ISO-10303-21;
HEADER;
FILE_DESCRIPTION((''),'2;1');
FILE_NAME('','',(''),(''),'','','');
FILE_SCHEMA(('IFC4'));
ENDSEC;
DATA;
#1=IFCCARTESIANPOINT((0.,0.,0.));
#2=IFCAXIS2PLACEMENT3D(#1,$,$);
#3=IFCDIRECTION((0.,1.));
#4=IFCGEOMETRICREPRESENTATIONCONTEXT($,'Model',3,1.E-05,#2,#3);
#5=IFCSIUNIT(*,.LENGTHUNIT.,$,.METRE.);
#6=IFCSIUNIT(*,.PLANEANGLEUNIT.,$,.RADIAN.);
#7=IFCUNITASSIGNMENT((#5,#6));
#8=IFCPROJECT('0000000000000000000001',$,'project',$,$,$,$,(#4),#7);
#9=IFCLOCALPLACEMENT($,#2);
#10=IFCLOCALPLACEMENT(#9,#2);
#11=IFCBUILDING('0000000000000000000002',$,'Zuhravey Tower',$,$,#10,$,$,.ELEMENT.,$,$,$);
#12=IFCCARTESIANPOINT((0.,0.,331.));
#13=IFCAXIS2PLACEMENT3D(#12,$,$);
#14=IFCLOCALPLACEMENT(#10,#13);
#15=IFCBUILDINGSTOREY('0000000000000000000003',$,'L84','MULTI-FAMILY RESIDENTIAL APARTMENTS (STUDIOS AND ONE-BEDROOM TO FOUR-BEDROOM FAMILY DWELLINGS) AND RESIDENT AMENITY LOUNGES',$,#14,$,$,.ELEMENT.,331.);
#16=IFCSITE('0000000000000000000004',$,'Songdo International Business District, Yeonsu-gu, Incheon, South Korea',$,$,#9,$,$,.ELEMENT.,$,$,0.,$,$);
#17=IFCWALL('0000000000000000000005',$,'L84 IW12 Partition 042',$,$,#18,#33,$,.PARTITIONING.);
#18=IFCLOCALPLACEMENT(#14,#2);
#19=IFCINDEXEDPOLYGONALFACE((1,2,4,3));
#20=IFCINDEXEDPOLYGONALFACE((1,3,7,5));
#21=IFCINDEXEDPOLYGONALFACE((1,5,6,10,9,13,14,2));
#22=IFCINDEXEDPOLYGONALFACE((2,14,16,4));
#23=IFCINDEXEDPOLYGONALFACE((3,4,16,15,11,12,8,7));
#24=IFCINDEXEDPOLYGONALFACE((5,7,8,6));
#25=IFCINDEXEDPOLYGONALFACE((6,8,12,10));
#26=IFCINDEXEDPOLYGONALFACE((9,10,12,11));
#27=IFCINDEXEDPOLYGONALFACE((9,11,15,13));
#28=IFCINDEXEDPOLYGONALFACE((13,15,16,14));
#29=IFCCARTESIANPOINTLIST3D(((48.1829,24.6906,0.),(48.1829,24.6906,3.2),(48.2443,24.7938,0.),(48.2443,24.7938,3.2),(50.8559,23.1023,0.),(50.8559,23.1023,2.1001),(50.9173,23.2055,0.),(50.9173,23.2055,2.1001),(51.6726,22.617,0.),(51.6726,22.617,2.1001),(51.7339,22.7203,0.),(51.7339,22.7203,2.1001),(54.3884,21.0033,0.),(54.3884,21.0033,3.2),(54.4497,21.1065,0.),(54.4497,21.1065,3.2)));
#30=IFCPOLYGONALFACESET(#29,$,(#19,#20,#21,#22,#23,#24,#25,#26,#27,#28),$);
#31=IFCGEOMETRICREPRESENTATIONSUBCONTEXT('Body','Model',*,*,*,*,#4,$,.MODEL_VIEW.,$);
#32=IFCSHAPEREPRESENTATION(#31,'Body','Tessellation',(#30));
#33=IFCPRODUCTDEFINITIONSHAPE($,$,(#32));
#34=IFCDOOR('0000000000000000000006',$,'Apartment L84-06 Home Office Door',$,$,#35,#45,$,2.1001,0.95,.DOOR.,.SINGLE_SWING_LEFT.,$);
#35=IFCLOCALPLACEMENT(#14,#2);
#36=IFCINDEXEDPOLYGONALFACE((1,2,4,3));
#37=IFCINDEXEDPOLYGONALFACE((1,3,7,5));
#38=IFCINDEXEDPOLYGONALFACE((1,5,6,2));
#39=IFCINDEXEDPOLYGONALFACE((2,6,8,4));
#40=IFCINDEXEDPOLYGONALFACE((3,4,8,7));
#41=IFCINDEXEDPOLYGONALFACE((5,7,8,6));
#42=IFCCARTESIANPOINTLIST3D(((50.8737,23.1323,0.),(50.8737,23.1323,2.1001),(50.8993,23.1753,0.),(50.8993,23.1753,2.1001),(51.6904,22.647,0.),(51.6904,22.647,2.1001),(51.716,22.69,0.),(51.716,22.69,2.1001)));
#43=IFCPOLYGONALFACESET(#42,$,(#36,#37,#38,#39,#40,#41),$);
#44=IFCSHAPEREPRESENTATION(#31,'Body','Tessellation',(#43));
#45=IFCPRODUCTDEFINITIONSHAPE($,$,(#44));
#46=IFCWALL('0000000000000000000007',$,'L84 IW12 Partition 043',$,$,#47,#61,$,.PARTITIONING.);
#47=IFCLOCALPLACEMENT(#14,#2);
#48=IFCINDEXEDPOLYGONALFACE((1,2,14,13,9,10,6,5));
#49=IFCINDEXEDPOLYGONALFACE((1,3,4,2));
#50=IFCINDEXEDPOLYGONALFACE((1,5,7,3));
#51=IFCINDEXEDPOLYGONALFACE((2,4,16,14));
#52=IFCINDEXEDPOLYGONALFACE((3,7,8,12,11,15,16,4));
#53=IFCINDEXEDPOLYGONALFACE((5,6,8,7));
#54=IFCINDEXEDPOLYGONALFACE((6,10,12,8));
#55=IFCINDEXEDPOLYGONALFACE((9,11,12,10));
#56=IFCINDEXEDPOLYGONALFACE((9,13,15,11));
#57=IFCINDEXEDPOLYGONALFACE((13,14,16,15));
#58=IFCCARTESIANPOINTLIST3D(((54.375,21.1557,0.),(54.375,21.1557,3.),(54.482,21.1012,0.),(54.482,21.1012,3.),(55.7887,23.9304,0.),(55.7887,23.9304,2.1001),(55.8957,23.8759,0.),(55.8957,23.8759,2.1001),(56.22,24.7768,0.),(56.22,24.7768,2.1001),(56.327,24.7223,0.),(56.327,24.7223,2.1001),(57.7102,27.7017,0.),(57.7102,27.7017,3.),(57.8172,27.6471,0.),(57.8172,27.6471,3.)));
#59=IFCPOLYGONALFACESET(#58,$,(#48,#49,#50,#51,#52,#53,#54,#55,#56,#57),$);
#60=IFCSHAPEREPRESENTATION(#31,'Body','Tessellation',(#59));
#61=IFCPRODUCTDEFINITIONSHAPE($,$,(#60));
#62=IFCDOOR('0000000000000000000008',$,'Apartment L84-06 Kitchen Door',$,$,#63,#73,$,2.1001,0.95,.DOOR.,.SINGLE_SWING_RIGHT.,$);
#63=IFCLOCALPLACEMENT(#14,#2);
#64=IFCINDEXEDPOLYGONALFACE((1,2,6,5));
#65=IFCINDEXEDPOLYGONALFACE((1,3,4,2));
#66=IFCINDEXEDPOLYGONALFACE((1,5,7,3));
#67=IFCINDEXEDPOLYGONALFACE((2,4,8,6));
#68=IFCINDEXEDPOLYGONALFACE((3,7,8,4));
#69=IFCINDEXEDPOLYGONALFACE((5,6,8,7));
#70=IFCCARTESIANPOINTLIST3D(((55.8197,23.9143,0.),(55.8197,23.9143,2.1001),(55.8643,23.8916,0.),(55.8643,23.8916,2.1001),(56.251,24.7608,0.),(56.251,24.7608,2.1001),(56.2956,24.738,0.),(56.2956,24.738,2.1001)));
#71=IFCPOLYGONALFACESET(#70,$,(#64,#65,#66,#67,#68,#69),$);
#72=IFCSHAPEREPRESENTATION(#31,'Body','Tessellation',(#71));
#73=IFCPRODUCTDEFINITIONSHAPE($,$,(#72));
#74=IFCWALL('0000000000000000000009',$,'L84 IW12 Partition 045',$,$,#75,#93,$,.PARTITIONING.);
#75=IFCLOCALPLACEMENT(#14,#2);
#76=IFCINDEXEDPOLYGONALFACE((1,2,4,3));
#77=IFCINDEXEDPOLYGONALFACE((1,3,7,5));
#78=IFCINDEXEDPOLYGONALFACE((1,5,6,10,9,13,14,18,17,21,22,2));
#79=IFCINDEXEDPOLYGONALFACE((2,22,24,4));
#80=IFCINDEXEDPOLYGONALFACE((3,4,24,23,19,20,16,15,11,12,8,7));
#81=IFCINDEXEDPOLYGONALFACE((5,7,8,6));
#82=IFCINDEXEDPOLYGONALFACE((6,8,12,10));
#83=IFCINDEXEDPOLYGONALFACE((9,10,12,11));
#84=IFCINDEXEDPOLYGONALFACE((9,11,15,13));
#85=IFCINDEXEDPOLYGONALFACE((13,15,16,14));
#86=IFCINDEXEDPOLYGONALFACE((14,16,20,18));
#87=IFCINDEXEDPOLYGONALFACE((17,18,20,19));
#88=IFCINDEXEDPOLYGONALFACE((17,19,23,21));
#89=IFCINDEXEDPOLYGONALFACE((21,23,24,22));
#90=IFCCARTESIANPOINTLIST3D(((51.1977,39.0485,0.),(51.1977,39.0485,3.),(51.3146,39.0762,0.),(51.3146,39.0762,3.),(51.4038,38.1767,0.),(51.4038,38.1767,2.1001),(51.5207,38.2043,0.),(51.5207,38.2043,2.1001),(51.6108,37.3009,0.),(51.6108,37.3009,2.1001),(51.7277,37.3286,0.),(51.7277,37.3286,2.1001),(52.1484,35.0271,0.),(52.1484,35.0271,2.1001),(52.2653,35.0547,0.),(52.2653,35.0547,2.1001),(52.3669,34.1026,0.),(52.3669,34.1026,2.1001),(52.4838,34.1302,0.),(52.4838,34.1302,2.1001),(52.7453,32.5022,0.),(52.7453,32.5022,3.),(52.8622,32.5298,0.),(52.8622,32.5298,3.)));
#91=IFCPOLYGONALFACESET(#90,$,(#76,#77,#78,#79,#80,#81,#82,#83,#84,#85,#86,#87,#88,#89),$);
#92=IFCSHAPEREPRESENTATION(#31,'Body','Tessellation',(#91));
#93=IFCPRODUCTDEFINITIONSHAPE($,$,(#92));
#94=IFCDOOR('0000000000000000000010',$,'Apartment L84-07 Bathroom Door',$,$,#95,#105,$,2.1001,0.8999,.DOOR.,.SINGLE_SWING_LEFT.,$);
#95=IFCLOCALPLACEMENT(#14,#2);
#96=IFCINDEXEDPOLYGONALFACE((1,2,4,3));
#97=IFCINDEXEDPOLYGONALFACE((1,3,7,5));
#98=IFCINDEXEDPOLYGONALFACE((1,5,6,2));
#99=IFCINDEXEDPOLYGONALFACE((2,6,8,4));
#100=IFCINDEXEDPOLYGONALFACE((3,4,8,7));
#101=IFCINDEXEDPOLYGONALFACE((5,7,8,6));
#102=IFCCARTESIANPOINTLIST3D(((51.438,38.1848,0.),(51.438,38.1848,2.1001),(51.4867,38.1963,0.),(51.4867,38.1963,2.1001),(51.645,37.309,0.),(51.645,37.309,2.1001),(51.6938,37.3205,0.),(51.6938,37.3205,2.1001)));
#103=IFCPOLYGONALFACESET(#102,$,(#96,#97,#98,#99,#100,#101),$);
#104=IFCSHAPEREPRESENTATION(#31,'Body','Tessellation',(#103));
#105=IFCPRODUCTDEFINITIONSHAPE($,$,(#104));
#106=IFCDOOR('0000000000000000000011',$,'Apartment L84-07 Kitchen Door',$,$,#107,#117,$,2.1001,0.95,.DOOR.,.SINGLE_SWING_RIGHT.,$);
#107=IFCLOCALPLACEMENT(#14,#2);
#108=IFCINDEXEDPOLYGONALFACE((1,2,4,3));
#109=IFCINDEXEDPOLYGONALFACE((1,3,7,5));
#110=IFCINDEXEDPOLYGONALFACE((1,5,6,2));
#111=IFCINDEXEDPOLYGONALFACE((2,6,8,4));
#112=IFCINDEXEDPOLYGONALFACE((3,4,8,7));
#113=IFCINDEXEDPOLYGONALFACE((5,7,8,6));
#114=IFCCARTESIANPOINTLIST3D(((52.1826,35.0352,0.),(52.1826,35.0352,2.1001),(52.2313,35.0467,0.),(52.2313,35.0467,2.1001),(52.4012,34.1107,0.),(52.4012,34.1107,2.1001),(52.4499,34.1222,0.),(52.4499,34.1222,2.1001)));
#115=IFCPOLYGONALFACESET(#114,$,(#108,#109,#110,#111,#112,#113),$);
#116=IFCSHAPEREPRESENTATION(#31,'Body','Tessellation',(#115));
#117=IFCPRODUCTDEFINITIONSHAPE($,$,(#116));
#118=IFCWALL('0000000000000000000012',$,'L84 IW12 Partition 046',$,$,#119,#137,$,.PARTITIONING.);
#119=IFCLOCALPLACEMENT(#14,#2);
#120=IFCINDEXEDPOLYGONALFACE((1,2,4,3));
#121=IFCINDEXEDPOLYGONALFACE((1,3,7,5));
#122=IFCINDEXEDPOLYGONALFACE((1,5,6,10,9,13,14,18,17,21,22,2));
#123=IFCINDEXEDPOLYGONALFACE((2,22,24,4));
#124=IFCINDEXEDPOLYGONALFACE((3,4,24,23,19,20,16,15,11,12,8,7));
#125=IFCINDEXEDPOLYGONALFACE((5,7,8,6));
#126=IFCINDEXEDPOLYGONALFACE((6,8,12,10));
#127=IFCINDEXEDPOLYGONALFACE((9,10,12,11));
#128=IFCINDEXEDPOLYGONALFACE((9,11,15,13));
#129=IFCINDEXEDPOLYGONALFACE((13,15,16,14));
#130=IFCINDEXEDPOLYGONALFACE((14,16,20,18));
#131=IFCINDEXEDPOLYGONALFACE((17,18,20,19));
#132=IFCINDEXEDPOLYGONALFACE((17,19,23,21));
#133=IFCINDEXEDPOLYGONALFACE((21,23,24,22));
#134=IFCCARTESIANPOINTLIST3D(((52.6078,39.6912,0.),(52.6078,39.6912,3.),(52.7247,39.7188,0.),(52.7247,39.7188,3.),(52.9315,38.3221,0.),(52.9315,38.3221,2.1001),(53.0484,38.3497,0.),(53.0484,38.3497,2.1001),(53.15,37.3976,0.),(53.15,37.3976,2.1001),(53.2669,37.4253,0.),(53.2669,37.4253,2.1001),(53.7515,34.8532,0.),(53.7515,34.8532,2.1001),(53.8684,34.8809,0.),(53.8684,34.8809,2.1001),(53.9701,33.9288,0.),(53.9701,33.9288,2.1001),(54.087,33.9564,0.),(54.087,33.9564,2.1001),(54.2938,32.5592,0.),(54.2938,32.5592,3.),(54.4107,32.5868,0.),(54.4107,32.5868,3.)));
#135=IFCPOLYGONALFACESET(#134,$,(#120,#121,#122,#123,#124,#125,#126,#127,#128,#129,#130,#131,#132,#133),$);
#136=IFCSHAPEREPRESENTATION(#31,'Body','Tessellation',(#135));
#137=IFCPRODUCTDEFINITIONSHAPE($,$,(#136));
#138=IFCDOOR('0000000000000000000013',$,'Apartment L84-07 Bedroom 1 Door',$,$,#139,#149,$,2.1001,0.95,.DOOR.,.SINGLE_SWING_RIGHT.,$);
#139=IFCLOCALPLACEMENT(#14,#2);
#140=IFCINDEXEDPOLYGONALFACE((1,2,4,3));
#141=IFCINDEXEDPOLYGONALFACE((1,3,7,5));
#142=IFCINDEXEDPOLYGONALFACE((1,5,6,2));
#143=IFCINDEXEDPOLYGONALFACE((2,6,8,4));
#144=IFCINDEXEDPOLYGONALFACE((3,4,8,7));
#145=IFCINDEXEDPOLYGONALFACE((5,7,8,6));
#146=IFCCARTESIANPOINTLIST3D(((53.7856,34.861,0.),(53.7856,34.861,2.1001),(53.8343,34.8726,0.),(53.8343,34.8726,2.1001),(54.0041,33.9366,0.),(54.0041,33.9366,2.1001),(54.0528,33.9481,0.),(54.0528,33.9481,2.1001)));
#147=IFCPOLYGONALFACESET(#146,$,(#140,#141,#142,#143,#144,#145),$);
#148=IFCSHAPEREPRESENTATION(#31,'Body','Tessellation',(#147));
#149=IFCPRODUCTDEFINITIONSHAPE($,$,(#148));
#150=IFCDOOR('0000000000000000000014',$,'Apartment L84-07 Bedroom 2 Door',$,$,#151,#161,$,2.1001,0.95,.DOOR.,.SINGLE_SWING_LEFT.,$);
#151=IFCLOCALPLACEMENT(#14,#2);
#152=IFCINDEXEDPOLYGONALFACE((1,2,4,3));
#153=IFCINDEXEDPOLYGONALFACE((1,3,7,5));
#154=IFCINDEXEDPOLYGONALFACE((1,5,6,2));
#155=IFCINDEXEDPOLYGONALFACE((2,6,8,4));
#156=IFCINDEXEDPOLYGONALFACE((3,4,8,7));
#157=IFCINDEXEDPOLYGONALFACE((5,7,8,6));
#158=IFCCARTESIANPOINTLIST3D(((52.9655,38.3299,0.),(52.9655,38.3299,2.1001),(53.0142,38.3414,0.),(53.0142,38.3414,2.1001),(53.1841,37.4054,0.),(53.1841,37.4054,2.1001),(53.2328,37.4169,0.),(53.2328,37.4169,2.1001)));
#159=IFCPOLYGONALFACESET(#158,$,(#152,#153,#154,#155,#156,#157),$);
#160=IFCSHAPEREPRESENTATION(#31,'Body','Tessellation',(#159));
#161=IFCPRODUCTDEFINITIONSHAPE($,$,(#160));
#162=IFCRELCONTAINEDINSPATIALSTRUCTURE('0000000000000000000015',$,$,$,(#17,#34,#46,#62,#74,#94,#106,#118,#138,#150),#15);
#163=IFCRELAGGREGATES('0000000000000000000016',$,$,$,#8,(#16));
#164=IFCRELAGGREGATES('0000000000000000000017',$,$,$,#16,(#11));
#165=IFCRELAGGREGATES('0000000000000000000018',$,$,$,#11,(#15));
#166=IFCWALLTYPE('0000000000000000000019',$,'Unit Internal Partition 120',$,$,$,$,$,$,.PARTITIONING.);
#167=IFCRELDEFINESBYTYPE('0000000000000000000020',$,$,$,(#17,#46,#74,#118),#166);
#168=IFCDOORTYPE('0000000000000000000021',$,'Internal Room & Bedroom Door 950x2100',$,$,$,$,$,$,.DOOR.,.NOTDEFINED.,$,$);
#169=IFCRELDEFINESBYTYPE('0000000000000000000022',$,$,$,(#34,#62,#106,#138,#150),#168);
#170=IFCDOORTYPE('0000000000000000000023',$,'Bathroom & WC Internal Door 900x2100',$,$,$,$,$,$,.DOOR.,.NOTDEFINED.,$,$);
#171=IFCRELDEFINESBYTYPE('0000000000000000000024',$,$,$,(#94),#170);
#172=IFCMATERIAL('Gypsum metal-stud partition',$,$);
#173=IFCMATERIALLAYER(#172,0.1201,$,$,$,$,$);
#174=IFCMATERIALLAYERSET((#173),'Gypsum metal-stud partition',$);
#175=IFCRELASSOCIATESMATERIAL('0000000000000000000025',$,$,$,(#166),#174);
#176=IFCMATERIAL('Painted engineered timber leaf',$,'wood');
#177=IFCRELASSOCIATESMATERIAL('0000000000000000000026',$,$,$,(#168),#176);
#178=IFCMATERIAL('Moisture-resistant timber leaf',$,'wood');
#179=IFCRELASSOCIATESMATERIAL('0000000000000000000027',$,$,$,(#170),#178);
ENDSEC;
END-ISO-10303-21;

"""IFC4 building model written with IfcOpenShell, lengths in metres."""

from ifc_helpers import new_model, si_unit, direction, frame, frame_2d, origin, place, context, subcontext, project, spatial, rectangle, extrude, material, layer, layer_set, type_object, element, fill, save


model = new_model("IFC4")

# Units and contexts
model_context = context("Model", 3, precision=1e-05, world=origin(), true_north=direction((0.0, 1.0)))
body_context = subcontext(model_context, "Body", "Model", "MODEL_VIEW")
ifc_project = project(units=[si_unit("LENGTHUNIT", "METRE"), si_unit("PLANEANGLEUNIT", "RADIAN")], contexts=[model_context])

# Site, building, storey
site_placement = place(None, origin())
site = spatial("IfcSite", under=ifc_project, at=site_placement, Name="Songdo International Business District, Yeonsu-gu, Incheon, South Korea", CompositionType="ELEMENT", RefElevation=0.0)
building_placement = place(site_placement, origin())
building = spatial("IfcBuilding", under=site, at=building_placement, Name="Zuhravey Tower", CompositionType="ELEMENT")
storey_placement = place(building_placement, frame((0.0, 0.0, 331.0)))
storey = spatial("IfcBuildingStorey", under=building, at=storey_placement, Name="L84", Description="MULTI-FAMILY RESIDENTIAL APARTMENTS (STUDIOS AND ONE-BEDROOM TO FOUR-BEDROOM FAMILY DWELLINGS) AND RESIDENT AMENITY LOUNGES", CompositionType="ELEMENT", Elevation=331.0)

# Walls, openings, doors
ifc_material_1 = material(Name="Gypsum metal-stud partition")
ifc_layer_1 = layer(ifc_material_1, 0.1201)
ifc_layer_set_1 = layer_set([ifc_layer_1], Name="Gypsum metal-stud partition")
wall_type_1 = type_object("IfcWallType", Name="Unit Internal Partition 120", PredefinedType="PARTITIONING", material=ifc_layer_set_1)
wall_1_placement = place(storey_placement, frame((48.2136, 24.7422, 0.0), z_axis=(0.0, 0.0, 1.0), x_axis=(0.859682, -0.51083, 0.0)))
wall_1 = element("IfcWall", 1, at=wall_1_placement, inside=storey, type_object=wall_type_1, Name="L84 IW12 Partition 042", PredefinedType="PARTITIONING", context=body_context, shape_type="SweptSolid", body=[
    extrude(rectangle(XDim=7.2183, YDim=0.1201, at=frame_2d((3.6091, 0.0))), origin(), (0.0, 0.0, 1.0), 3.2),
])
opening_1_placement = place(wall_1_placement, frame((3.1091, 0.0, 0.0)))
opening_1 = element("IfcOpeningElement", 2, at=opening_1_placement, cuts=wall_1, PredefinedType="OPENING", context=body_context, shape_type="SweptSolid", body=[
    extrude(rectangle(XDim=0.95, YDim=2.1001, at=frame_2d((0.4751, 1.05))), frame((0.0, 0.072, 0.0), z_axis=(0.0, -1.0, 0.0), x_axis=(1.0, 0.0, 0.0)), (0.0, 0.0, 1.0), 0.144),
])
ifc_material_2 = material(Name="Painted engineered timber leaf", Category="wood")
door_type_1 = type_object("IfcDoorType", Name="Internal Room & Bedroom Door 950x2100", OperationType="NOTDEFINED", PredefinedType="DOOR", material=ifc_material_2)
door_1_placement = place(opening_1_placement, origin())
door_1 = element("IfcDoor", 3, at=door_1_placement, inside=storey, type_object=door_type_1, Name="Apartment L84-06 Home Office Door", OperationType="SINGLE_SWING_LEFT", OverallHeight=2.1001, OverallWidth=0.95, PredefinedType="DOOR", context=body_context, shape_type="SweptSolid", body=[
    extrude(rectangle(XDim=0.95, YDim=2.1001, at=frame_2d((0.4751, 1.05))), frame((0.0, 0.0249, 0.0), z_axis=(0.0, -1.0, 0.0), x_axis=(1.0, 0.0, 0.0)), (0.0, 0.0, 1.0), 0.05),
])
fill(opening_1, door_1)
wall_2_placement = place(storey_placement, frame((54.4285, 21.1284, 0.0), z_axis=(0.0, 0.0, 1.0), x_axis=(0.45398, 0.891012, 0.0)))
wall_2 = element("IfcWall", 4, at=wall_2_placement, inside=storey, type_object=wall_type_1, Name="L84 IW12 Partition 043", PredefinedType="PARTITIONING", context=body_context, shape_type="SweptSolid", body=[
    extrude(rectangle(XDim=7.3467, YDim=0.1201, at=frame_2d((3.6733, 0.0))), origin(), (0.0, 0.0, 1.0), 3.0),
])
opening_2_placement = place(wall_2_placement, frame((3.114, 0.0, 0.0)))
opening_2 = element("IfcOpeningElement", 5, at=opening_2_placement, cuts=wall_2, PredefinedType="OPENING", context=body_context, shape_type="SweptSolid", body=[
    extrude(rectangle(XDim=0.95, YDim=2.1001, at=frame_2d((0.4751, 1.05))), frame((0.0, 0.072, 0.0), z_axis=(0.0, -1.0, 0.0), x_axis=(1.0, 0.0, 0.0)), (0.0, 0.0, 1.0), 0.144),
])
door_2_placement = place(opening_2_placement, frame((0.95, 0.0, 0.0), z_axis=(0.0, 0.0, 1.0), x_axis=(-1.0, 0.0, 0.0)))
door_2 = element("IfcDoor", 6, at=door_2_placement, inside=storey, type_object=door_type_1, Name="Apartment L84-06 Kitchen Door", OperationType="SINGLE_SWING_RIGHT", OverallHeight=2.1001, OverallWidth=0.95, PredefinedType="DOOR", context=body_context, shape_type="SweptSolid", body=[
    extrude(rectangle(XDim=0.95, YDim=2.1001, at=frame_2d((0.4751, 1.05))), frame((0.0, 0.0249, 0.0), z_axis=(0.0, -1.0, 0.0), x_axis=(1.0, 0.0, 0.0)), (0.0, 0.0, 1.0), 0.05),
])
fill(opening_2, door_2)

# Walls, openings, doors
wall_3_placement = place(storey_placement, frame((52.8037, 32.5161, 0.0), z_axis=(0.0, 0.0, 1.0), x_axis=(-0.230065, 0.973175, 0.0)))
wall_3 = element("IfcWall", 7, at=wall_3_placement, inside=storey, type_object=wall_type_1, Name="L84 IW12 Partition 045", PredefinedType="PARTITIONING", context=body_context, shape_type="SweptSolid", body=[
    extrude(rectangle(XDim=6.7268, YDim=0.1201, at=frame_2d((3.3633, 0.0))), origin(), (0.0, 0.0, 1.0), 3.0),
])
opening_3_placement = place(wall_3_placement, frame((1.6443, 0.0, 0.0)))
opening_3 = element("IfcOpeningElement", 8, at=opening_3_placement, cuts=wall_3, PredefinedType="OPENING", context=body_context, shape_type="SweptSolid", body=[
    extrude(rectangle(XDim=0.95, YDim=2.1001, at=frame_2d((0.4751, 1.05))), frame((0.0, 0.072, 0.0), z_axis=(0.0, -1.0, 0.0), x_axis=(1.0, 0.0, 0.0)), (0.0, 0.0, 1.0), 0.144),
])
opening_4_placement = place(wall_3_placement, frame((4.9309, 0.0, 0.0)))
opening_4 = element("IfcOpeningElement", 9, at=opening_4_placement, cuts=wall_3, PredefinedType="OPENING", context=body_context, shape_type="SweptSolid", body=[
    extrude(rectangle(XDim=0.8999, YDim=2.1001, at=frame_2d((0.45, 1.05))), frame((0.0, 0.072, 0.0), z_axis=(0.0, -1.0, 0.0), x_axis=(1.0, 0.0, 0.0)), (0.0, 0.0, 1.0), 0.144),
])
ifc_material_3 = material(Name="Moisture-resistant timber leaf", Category="wood")
door_type_2 = type_object("IfcDoorType", Name="Bathroom & WC Internal Door 900x2100", OperationType="NOTDEFINED", PredefinedType="DOOR", material=ifc_material_3)
door_3_placement = place(opening_4_placement, origin())
door_3 = element("IfcDoor", 10, at=door_3_placement, inside=storey, type_object=door_type_2, Name="Apartment L84-07 Bathroom Door", OperationType="SINGLE_SWING_LEFT", OverallHeight=2.1001, OverallWidth=0.8999, PredefinedType="DOOR", context=body_context, shape_type="SweptSolid", body=[
    extrude(rectangle(XDim=0.8999, YDim=2.1001, at=frame_2d((0.45, 1.05))), frame((0.0, 0.0249, 0.0), z_axis=(0.0, -1.0, 0.0), x_axis=(1.0, 0.0, 0.0)), (0.0, 0.0, 1.0), 0.05),
])
fill(opening_4, door_3)
door_4_placement = place(opening_3_placement, origin())
door_4 = element("IfcDoor", 11, at=door_4_placement, inside=storey, type_object=door_type_1, Name="Apartment L84-07 Kitchen Door", OperationType="SINGLE_SWING_RIGHT", OverallHeight=2.1001, OverallWidth=0.95, PredefinedType="DOOR", context=body_context, shape_type="SweptSolid", body=[
    extrude(rectangle(XDim=0.95, YDim=2.1001, at=frame_2d((0.4751, 1.05))), frame((0.0, 0.0249, 0.0), z_axis=(0.0, -1.0, 0.0), x_axis=(1.0, 0.0, 0.0)), (0.0, 0.0, 1.0), 0.05),
])
fill(opening_3, door_4)
wall_4_placement = place(storey_placement, frame((54.3523, 32.573, 0.0), z_axis=(0.0, 0.0, 1.0), x_axis=(-0.23006, 0.973176, 0.0)))
wall_4 = element("IfcWall", 12, at=wall_4_placement, inside=storey, type_object=wall_type_1, Name="L84 IW12 Partition 046", PredefinedType="PARTITIONING", context=body_context, shape_type="SweptSolid", body=[
    extrude(rectangle(XDim=7.3286, YDim=0.1201, at=frame_2d((3.6643, 0.0))), origin(), (0.0, 0.0, 1.0), 3.0),
])
opening_5_placement = place(wall_4_placement, frame((1.4072, 0.0, 0.0)))
opening_5 = element("IfcOpeningElement", 13, at=opening_5_placement, cuts=wall_4, PredefinedType="OPENING", context=body_context, shape_type="SweptSolid", body=[
    extrude(rectangle(XDim=0.95, YDim=2.1001, at=frame_2d((0.4751, 1.05))), frame((0.0, 0.072, 0.0), z_axis=(0.0, -1.0, 0.0), x_axis=(1.0, 0.0, 0.0)), (0.0, 0.0, 1.0), 0.144),
])
opening_6_placement = place(wall_4_placement, frame((4.9717, 0.0, 0.0)))
opening_6 = element("IfcOpeningElement", 14, at=opening_6_placement, cuts=wall_4, PredefinedType="OPENING", context=body_context, shape_type="SweptSolid", body=[
    extrude(rectangle(XDim=0.95, YDim=2.1001, at=frame_2d((0.4751, 1.05))), frame((0.0, 0.072, 0.0), z_axis=(0.0, -1.0, 0.0), x_axis=(1.0, 0.0, 0.0)), (0.0, 0.0, 1.0), 0.144),
])
door_5_placement = place(opening_5_placement, frame((0.95, 0.0, 0.0), z_axis=(0.0, 0.0, 1.0), x_axis=(-1.0, 0.0, 0.0)))
door_5 = element("IfcDoor", 15, at=door_5_placement, inside=storey, type_object=door_type_1, Name="Apartment L84-07 Bedroom 1 Door", OperationType="SINGLE_SWING_RIGHT", OverallHeight=2.1001, OverallWidth=0.95, PredefinedType="DOOR", context=body_context, shape_type="SweptSolid", body=[
    extrude(rectangle(XDim=0.95, YDim=2.1001, at=frame_2d((0.4751, 1.05))), frame((0.0, 0.0249, 0.0), z_axis=(0.0, -1.0, 0.0), x_axis=(1.0, 0.0, 0.0)), (0.0, 0.0, 1.0), 0.05),
])
fill(opening_5, door_5)
door_6_placement = place(opening_6_placement, frame((0.95, 0.0, 0.0), z_axis=(0.0, 0.0, 1.0), x_axis=(-1.0, 0.0, 0.0)))
door_6 = element("IfcDoor", 16, at=door_6_placement, inside=storey, type_object=door_type_1, Name="Apartment L84-07 Bedroom 2 Door", OperationType="SINGLE_SWING_LEFT", OverallHeight=2.1001, OverallWidth=0.95, PredefinedType="DOOR", context=body_context, shape_type="SweptSolid", body=[
    extrude(rectangle(XDim=0.95, YDim=2.1001, at=frame_2d((0.4751, 1.05))), frame((0.0, 0.0249, 0.0), z_axis=(0.0, -1.0, 0.0), x_axis=(1.0, 0.0, 0.0)), (0.0, 0.0, 1.0), 0.05),
])
fill(opening_6, door_6)

save(model, "model.ifc")
